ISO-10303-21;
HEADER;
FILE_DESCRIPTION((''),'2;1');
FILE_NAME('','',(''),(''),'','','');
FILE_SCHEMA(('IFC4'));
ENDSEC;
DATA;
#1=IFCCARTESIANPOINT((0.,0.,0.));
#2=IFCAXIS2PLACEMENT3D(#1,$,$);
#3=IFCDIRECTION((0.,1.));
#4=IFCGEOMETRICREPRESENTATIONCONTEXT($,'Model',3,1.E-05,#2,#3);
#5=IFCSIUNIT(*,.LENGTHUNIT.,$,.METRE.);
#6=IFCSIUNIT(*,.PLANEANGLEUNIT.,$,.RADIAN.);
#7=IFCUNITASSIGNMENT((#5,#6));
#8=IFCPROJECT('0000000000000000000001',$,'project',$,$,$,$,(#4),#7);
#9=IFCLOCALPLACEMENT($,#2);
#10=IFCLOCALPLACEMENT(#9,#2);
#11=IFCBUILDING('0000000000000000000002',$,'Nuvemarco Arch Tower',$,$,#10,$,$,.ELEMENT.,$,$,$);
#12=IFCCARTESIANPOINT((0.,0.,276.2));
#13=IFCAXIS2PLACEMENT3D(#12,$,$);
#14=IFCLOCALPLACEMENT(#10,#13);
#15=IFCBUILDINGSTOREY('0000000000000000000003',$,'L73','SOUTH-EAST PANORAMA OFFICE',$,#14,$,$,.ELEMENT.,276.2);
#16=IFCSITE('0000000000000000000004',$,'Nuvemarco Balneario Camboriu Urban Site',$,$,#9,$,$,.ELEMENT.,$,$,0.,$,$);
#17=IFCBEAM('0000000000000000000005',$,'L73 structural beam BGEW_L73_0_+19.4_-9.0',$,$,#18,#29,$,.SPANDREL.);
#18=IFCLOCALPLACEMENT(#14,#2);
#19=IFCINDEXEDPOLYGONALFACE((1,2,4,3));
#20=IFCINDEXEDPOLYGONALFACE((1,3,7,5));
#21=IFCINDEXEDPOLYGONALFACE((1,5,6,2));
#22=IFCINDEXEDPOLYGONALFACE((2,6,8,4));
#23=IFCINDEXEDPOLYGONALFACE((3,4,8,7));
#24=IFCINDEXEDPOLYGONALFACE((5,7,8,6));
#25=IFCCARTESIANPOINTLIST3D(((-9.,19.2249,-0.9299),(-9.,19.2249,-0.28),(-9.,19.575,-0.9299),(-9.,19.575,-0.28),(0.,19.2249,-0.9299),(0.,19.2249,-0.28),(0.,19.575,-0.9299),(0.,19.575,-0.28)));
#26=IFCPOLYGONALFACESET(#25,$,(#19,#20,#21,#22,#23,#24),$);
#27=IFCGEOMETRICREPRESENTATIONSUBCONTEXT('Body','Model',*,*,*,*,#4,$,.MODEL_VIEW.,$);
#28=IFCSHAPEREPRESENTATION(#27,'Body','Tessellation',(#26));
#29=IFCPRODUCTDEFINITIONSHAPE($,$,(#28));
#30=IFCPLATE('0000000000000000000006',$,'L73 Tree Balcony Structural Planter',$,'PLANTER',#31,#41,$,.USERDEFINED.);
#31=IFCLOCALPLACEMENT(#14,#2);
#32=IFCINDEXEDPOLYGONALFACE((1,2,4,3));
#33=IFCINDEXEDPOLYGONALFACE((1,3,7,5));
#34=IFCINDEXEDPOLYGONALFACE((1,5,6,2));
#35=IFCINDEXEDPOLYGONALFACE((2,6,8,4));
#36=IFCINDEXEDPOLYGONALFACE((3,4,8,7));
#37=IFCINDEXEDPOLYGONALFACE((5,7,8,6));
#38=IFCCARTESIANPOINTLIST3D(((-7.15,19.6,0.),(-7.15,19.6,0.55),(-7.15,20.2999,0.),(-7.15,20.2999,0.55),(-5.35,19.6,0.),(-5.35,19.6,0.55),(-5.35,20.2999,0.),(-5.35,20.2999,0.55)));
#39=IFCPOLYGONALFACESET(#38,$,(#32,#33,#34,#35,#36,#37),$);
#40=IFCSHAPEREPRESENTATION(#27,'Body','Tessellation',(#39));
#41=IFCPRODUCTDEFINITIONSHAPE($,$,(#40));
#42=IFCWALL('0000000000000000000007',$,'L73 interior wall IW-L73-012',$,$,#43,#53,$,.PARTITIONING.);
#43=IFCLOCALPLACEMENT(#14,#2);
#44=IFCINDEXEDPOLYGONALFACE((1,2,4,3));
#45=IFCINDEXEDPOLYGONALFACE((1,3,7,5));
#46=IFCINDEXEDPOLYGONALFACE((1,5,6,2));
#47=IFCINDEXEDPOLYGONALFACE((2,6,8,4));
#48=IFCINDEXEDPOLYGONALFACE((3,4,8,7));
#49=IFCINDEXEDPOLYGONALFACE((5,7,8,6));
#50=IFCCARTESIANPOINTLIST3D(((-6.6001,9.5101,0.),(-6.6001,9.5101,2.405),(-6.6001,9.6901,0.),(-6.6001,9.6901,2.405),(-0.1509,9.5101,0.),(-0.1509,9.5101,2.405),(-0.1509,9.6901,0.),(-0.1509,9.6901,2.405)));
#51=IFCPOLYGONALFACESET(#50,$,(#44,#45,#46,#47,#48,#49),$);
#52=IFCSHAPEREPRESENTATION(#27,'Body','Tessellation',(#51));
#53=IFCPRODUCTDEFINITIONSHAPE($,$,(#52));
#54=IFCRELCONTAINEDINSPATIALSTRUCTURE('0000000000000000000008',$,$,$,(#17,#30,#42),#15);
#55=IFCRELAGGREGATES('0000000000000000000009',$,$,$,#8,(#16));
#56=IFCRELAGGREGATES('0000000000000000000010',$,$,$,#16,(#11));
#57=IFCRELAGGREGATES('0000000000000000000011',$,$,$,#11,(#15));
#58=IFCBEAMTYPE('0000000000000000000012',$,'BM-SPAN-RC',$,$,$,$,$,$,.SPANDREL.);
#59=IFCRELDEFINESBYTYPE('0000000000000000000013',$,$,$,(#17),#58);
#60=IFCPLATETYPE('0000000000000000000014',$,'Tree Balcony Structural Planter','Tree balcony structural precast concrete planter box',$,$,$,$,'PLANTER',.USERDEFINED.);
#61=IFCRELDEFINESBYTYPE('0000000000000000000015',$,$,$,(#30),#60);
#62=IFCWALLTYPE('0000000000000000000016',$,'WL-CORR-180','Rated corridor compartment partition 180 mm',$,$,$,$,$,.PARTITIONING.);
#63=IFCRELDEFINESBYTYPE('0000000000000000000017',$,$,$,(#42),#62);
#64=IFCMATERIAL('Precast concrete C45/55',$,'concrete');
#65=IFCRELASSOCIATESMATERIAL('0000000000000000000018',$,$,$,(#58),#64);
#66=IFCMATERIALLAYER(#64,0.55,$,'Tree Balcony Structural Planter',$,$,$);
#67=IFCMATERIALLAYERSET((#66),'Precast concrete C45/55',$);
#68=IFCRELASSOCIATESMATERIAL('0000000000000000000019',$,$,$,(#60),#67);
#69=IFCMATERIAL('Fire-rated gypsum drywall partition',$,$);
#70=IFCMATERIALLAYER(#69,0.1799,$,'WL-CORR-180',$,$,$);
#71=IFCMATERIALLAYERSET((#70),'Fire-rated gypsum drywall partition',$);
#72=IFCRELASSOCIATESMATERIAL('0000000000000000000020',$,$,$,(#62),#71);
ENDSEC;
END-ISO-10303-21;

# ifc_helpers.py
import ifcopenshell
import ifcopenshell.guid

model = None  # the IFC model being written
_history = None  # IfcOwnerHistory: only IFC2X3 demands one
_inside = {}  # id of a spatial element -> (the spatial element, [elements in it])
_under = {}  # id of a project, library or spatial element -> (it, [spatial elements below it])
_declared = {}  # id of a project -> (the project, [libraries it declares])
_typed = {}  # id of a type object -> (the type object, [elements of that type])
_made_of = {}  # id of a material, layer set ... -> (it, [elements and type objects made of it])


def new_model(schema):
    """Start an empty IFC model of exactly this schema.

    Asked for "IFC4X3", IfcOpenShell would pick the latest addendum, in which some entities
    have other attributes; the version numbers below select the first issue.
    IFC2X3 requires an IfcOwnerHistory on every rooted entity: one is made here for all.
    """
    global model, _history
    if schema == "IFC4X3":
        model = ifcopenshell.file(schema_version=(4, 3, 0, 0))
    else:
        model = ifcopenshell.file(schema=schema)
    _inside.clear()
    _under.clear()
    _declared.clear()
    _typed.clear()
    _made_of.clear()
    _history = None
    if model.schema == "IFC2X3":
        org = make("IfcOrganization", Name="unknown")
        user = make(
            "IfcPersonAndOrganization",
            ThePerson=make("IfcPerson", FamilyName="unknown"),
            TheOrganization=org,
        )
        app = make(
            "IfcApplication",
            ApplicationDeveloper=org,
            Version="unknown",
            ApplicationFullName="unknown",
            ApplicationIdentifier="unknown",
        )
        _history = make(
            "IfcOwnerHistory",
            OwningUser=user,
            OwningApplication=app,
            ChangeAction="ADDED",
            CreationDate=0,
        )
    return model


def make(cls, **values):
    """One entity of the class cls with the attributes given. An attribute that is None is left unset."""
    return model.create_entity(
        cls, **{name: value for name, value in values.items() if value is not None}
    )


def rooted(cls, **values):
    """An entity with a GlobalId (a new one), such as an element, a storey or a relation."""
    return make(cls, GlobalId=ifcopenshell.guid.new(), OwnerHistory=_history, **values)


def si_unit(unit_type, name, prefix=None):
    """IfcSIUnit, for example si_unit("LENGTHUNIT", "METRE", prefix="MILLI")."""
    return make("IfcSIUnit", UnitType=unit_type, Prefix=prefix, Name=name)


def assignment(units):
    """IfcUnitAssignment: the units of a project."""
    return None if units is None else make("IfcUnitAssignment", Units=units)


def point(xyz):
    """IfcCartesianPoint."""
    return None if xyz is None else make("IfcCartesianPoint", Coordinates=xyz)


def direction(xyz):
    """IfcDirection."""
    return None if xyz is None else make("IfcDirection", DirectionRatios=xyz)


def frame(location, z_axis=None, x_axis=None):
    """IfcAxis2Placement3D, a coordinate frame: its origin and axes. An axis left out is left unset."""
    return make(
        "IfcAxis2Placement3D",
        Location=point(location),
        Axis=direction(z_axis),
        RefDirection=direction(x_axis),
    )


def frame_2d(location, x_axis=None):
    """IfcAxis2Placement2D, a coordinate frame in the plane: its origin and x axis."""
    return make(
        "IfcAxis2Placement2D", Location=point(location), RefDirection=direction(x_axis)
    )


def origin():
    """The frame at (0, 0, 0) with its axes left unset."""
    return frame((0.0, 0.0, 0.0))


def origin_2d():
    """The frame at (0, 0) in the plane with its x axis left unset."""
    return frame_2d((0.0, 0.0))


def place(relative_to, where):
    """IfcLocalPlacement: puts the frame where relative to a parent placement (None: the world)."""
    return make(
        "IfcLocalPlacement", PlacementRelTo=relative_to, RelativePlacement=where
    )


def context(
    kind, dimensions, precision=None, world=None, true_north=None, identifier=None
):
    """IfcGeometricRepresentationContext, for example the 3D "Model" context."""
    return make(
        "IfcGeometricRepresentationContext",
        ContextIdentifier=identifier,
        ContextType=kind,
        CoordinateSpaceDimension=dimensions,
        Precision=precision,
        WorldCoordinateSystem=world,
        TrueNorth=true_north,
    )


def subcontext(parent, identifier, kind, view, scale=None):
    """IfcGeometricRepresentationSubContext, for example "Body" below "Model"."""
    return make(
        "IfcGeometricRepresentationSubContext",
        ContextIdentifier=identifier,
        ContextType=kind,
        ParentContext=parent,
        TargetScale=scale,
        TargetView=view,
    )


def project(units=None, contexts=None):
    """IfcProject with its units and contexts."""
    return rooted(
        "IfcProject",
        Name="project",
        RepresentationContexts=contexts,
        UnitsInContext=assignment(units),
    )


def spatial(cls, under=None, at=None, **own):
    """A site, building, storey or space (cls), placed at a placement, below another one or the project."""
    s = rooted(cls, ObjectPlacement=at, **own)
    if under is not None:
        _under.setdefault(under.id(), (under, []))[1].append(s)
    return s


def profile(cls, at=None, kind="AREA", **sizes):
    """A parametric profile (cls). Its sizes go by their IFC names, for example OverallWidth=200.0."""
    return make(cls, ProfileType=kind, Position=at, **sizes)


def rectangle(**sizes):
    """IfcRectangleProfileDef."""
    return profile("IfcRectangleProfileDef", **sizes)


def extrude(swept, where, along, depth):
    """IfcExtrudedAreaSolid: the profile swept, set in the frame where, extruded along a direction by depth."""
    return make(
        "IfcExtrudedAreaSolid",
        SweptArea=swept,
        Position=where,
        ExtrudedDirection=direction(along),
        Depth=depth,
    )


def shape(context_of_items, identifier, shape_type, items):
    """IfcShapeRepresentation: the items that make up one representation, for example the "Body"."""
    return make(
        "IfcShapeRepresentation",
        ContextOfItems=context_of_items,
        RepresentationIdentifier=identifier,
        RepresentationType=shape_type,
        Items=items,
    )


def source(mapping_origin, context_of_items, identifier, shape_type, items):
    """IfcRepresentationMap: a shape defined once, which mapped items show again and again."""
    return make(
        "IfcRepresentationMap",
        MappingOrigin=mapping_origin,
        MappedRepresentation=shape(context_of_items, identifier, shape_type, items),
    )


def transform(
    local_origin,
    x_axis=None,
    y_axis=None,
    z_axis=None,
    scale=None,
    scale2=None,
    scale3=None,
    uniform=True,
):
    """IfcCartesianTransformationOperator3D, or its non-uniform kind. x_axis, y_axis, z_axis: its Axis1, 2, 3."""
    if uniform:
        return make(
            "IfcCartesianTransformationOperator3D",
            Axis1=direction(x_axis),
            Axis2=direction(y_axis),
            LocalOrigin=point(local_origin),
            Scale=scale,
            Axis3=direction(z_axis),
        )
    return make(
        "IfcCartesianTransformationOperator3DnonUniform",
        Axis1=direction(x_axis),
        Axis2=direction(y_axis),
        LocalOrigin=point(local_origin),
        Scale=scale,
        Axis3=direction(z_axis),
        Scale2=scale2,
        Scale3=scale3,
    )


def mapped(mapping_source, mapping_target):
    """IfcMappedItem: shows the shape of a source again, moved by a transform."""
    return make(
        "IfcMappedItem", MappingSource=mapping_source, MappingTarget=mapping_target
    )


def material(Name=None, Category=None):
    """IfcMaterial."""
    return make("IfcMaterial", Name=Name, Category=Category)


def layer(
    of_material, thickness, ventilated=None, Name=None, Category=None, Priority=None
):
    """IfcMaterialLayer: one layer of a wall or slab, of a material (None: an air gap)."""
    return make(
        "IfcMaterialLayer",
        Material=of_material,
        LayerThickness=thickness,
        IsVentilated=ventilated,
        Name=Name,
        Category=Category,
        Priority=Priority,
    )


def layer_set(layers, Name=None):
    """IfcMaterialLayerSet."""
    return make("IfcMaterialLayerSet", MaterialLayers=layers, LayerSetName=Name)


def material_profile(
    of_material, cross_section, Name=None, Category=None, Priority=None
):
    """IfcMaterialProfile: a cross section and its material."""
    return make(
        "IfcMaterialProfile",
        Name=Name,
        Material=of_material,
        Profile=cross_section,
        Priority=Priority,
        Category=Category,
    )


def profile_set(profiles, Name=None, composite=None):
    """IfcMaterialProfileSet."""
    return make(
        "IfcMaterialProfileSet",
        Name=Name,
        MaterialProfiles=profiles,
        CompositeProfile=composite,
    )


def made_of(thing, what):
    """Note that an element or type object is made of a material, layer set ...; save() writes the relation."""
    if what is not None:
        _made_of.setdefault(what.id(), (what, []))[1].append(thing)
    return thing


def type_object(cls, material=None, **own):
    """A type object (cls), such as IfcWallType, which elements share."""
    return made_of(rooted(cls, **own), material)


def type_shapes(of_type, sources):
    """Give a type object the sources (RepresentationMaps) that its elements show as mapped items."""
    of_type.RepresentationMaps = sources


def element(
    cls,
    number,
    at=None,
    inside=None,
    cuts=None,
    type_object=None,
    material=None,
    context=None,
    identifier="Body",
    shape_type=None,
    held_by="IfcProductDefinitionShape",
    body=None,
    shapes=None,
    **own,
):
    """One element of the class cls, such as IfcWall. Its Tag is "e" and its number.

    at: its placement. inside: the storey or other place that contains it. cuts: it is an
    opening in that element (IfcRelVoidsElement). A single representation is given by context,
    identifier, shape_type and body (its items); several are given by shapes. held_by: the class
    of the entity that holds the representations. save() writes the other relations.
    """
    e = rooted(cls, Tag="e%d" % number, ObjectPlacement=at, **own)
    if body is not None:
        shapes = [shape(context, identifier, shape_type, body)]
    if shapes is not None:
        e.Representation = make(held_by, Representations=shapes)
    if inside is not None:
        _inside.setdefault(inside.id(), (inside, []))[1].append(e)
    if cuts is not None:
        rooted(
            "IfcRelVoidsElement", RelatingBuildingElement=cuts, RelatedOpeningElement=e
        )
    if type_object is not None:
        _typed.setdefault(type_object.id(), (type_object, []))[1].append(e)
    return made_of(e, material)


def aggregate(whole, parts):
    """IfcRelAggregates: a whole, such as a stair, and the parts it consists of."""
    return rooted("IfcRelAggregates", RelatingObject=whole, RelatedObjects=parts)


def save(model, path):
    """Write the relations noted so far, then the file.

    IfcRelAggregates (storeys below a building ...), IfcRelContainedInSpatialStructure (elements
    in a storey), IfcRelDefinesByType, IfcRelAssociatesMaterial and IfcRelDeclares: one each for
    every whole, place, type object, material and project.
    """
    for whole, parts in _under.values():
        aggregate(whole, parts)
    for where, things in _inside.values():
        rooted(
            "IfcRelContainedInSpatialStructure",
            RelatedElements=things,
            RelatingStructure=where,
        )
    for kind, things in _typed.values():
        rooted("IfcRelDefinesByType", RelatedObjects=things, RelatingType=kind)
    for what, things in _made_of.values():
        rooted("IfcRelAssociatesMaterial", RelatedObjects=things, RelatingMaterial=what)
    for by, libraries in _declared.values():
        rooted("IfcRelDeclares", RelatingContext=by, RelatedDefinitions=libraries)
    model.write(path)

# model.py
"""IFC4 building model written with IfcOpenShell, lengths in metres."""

from ifc_helpers import new_model, si_unit, direction, frame, frame_2d, origin, origin_2d, place, context, subcontext, project, spatial, rectangle, extrude, source, transform, mapped, material, layer, layer_set, material_profile, profile_set, type_object, type_shapes, element, save


model = new_model("IFC4")

# Units and contexts
model_context = context("Model", 3, precision=1e-05, world=origin(), true_north=direction((0.0, 1.0)))
body_context = subcontext(model_context, "Body", "Model", "MODEL_VIEW")
ifc_project = project(units=[si_unit("LENGTHUNIT", "METRE"), si_unit("PLANEANGLEUNIT", "RADIAN")], contexts=[model_context])

# Site, building, storey
site_placement = place(None, origin())
site = spatial("IfcSite", under=ifc_project, at=site_placement, Name="Nuvemarco Balneario Camboriu Urban Site", CompositionType="ELEMENT", RefElevation=0.0)
building_placement = place(site_placement, origin())
building = spatial("IfcBuilding", under=site, at=building_placement, Name="Nuvemarco Arch Tower", CompositionType="ELEMENT")
storey_placement = place(building_placement, frame((0.0, 0.0, 276.2)))
storey = spatial("IfcBuildingStorey", under=building, at=storey_placement, Name="L73", Description="SOUTH-EAST PANORAMA OFFICE", CompositionType="ELEMENT", Elevation=276.2)

# Beam
ifc_material_1 = material(Name="Precast concrete C45/55", Category="concrete")
ifc_material_profile_1 = material_profile(ifc_material_1, rectangle(XDim=0.3501, YDim=0.6499, at=origin_2d()), Name="PC-SP-350x650")
ifc_profile_set_1 = profile_set([ifc_material_profile_1], Name="Precast concrete C45/55")
beam_type_1 = type_object("IfcBeamType", Name="BM-SPAN-RC", PredefinedType="SPANDREL", material=ifc_profile_set_1)
beam_1_placement = place(storey_placement, frame((-9.0, 19.3999, -0.605), z_axis=(1.0, 0.0, 0.0), x_axis=(0.0, 1.0, 0.0)))
element("IfcBeam", 1, at=beam_1_placement, inside=storey, type_object=beam_type_1, Name="L73 structural beam BGEW_L73_0_+19.4_-9.0", PredefinedType="SPANDREL", context=body_context, shape_type="SweptSolid", body=[
    extrude(rectangle(XDim=0.3501, YDim=0.6499, at=origin_2d()), origin(), (0.0, 0.0, 1.0), 9.0),
])

# Plate
ifc_layer_1 = layer(ifc_material_1, 0.55, Name="Tree Balcony Structural Planter")
ifc_layer_set_1 = layer_set([ifc_layer_1], Name="Precast concrete C45/55")
plate_type = type_object("IfcPlateType", Name="Tree Balcony Structural Planter", Description="Tree balcony structural precast concrete planter box", ElementType="PLANTER", PredefinedType="USERDEFINED", material=ifc_layer_set_1)
shared_shape_1 = source(origin(), body_context, "Body", "SweptSolid", [
    extrude(rectangle(XDim=1.8, YDim=0.7, at=origin_2d()), origin(), (0.0, 0.0, 1.0), 0.55),
])
type_shapes(plate_type, [shared_shape_1])
plate_placement = place(storey_placement, frame((-6.25, 19.95, 0.0), z_axis=(0.0, 0.0, 1.0), x_axis=(1.0, 0.0, 0.0)))
element("IfcPlate", 2, at=plate_placement, inside=storey, type_object=plate_type, Name="L73 Tree Balcony Structural Planter", ObjectType="PLANTER", PredefinedType="USERDEFINED", context=body_context, shape_type="MappedRepresentation", body=[
    mapped(shared_shape_1, transform((0.0, 0.0, 0.0), scale=1.0)),
])

# Wall
ifc_material_2 = material(Name="Fire-rated gypsum drywall partition")
ifc_layer_2 = layer(ifc_material_2, 0.1799, Name="WL-CORR-180")
ifc_layer_set_2 = layer_set([ifc_layer_2], Name="Fire-rated gypsum drywall partition")
wall_type_1 = type_object("IfcWallType", Name="WL-CORR-180", Description="Rated corridor compartment partition 180 mm", PredefinedType="PARTITIONING", material=ifc_layer_set_2)
wall_1_placement = place(storey_placement, frame((-6.6001, 9.6001, 0.0), z_axis=(0.0, 0.0, 1.0), x_axis=(1.0, 0.0, 0.0)))
element("IfcWall", 3, at=wall_1_placement, inside=storey, type_object=wall_type_1, Name="L73 interior wall IW-L73-012", PredefinedType="PARTITIONING", context=body_context, shape_type="SweptSolid", body=[
    extrude(rectangle(XDim=6.4492, YDim=0.1799, at=frame_2d((3.2246, 0.0))), origin(), (0.0, 0.0, 1.0), 2.405),
])

save(model, "model.ifc")
